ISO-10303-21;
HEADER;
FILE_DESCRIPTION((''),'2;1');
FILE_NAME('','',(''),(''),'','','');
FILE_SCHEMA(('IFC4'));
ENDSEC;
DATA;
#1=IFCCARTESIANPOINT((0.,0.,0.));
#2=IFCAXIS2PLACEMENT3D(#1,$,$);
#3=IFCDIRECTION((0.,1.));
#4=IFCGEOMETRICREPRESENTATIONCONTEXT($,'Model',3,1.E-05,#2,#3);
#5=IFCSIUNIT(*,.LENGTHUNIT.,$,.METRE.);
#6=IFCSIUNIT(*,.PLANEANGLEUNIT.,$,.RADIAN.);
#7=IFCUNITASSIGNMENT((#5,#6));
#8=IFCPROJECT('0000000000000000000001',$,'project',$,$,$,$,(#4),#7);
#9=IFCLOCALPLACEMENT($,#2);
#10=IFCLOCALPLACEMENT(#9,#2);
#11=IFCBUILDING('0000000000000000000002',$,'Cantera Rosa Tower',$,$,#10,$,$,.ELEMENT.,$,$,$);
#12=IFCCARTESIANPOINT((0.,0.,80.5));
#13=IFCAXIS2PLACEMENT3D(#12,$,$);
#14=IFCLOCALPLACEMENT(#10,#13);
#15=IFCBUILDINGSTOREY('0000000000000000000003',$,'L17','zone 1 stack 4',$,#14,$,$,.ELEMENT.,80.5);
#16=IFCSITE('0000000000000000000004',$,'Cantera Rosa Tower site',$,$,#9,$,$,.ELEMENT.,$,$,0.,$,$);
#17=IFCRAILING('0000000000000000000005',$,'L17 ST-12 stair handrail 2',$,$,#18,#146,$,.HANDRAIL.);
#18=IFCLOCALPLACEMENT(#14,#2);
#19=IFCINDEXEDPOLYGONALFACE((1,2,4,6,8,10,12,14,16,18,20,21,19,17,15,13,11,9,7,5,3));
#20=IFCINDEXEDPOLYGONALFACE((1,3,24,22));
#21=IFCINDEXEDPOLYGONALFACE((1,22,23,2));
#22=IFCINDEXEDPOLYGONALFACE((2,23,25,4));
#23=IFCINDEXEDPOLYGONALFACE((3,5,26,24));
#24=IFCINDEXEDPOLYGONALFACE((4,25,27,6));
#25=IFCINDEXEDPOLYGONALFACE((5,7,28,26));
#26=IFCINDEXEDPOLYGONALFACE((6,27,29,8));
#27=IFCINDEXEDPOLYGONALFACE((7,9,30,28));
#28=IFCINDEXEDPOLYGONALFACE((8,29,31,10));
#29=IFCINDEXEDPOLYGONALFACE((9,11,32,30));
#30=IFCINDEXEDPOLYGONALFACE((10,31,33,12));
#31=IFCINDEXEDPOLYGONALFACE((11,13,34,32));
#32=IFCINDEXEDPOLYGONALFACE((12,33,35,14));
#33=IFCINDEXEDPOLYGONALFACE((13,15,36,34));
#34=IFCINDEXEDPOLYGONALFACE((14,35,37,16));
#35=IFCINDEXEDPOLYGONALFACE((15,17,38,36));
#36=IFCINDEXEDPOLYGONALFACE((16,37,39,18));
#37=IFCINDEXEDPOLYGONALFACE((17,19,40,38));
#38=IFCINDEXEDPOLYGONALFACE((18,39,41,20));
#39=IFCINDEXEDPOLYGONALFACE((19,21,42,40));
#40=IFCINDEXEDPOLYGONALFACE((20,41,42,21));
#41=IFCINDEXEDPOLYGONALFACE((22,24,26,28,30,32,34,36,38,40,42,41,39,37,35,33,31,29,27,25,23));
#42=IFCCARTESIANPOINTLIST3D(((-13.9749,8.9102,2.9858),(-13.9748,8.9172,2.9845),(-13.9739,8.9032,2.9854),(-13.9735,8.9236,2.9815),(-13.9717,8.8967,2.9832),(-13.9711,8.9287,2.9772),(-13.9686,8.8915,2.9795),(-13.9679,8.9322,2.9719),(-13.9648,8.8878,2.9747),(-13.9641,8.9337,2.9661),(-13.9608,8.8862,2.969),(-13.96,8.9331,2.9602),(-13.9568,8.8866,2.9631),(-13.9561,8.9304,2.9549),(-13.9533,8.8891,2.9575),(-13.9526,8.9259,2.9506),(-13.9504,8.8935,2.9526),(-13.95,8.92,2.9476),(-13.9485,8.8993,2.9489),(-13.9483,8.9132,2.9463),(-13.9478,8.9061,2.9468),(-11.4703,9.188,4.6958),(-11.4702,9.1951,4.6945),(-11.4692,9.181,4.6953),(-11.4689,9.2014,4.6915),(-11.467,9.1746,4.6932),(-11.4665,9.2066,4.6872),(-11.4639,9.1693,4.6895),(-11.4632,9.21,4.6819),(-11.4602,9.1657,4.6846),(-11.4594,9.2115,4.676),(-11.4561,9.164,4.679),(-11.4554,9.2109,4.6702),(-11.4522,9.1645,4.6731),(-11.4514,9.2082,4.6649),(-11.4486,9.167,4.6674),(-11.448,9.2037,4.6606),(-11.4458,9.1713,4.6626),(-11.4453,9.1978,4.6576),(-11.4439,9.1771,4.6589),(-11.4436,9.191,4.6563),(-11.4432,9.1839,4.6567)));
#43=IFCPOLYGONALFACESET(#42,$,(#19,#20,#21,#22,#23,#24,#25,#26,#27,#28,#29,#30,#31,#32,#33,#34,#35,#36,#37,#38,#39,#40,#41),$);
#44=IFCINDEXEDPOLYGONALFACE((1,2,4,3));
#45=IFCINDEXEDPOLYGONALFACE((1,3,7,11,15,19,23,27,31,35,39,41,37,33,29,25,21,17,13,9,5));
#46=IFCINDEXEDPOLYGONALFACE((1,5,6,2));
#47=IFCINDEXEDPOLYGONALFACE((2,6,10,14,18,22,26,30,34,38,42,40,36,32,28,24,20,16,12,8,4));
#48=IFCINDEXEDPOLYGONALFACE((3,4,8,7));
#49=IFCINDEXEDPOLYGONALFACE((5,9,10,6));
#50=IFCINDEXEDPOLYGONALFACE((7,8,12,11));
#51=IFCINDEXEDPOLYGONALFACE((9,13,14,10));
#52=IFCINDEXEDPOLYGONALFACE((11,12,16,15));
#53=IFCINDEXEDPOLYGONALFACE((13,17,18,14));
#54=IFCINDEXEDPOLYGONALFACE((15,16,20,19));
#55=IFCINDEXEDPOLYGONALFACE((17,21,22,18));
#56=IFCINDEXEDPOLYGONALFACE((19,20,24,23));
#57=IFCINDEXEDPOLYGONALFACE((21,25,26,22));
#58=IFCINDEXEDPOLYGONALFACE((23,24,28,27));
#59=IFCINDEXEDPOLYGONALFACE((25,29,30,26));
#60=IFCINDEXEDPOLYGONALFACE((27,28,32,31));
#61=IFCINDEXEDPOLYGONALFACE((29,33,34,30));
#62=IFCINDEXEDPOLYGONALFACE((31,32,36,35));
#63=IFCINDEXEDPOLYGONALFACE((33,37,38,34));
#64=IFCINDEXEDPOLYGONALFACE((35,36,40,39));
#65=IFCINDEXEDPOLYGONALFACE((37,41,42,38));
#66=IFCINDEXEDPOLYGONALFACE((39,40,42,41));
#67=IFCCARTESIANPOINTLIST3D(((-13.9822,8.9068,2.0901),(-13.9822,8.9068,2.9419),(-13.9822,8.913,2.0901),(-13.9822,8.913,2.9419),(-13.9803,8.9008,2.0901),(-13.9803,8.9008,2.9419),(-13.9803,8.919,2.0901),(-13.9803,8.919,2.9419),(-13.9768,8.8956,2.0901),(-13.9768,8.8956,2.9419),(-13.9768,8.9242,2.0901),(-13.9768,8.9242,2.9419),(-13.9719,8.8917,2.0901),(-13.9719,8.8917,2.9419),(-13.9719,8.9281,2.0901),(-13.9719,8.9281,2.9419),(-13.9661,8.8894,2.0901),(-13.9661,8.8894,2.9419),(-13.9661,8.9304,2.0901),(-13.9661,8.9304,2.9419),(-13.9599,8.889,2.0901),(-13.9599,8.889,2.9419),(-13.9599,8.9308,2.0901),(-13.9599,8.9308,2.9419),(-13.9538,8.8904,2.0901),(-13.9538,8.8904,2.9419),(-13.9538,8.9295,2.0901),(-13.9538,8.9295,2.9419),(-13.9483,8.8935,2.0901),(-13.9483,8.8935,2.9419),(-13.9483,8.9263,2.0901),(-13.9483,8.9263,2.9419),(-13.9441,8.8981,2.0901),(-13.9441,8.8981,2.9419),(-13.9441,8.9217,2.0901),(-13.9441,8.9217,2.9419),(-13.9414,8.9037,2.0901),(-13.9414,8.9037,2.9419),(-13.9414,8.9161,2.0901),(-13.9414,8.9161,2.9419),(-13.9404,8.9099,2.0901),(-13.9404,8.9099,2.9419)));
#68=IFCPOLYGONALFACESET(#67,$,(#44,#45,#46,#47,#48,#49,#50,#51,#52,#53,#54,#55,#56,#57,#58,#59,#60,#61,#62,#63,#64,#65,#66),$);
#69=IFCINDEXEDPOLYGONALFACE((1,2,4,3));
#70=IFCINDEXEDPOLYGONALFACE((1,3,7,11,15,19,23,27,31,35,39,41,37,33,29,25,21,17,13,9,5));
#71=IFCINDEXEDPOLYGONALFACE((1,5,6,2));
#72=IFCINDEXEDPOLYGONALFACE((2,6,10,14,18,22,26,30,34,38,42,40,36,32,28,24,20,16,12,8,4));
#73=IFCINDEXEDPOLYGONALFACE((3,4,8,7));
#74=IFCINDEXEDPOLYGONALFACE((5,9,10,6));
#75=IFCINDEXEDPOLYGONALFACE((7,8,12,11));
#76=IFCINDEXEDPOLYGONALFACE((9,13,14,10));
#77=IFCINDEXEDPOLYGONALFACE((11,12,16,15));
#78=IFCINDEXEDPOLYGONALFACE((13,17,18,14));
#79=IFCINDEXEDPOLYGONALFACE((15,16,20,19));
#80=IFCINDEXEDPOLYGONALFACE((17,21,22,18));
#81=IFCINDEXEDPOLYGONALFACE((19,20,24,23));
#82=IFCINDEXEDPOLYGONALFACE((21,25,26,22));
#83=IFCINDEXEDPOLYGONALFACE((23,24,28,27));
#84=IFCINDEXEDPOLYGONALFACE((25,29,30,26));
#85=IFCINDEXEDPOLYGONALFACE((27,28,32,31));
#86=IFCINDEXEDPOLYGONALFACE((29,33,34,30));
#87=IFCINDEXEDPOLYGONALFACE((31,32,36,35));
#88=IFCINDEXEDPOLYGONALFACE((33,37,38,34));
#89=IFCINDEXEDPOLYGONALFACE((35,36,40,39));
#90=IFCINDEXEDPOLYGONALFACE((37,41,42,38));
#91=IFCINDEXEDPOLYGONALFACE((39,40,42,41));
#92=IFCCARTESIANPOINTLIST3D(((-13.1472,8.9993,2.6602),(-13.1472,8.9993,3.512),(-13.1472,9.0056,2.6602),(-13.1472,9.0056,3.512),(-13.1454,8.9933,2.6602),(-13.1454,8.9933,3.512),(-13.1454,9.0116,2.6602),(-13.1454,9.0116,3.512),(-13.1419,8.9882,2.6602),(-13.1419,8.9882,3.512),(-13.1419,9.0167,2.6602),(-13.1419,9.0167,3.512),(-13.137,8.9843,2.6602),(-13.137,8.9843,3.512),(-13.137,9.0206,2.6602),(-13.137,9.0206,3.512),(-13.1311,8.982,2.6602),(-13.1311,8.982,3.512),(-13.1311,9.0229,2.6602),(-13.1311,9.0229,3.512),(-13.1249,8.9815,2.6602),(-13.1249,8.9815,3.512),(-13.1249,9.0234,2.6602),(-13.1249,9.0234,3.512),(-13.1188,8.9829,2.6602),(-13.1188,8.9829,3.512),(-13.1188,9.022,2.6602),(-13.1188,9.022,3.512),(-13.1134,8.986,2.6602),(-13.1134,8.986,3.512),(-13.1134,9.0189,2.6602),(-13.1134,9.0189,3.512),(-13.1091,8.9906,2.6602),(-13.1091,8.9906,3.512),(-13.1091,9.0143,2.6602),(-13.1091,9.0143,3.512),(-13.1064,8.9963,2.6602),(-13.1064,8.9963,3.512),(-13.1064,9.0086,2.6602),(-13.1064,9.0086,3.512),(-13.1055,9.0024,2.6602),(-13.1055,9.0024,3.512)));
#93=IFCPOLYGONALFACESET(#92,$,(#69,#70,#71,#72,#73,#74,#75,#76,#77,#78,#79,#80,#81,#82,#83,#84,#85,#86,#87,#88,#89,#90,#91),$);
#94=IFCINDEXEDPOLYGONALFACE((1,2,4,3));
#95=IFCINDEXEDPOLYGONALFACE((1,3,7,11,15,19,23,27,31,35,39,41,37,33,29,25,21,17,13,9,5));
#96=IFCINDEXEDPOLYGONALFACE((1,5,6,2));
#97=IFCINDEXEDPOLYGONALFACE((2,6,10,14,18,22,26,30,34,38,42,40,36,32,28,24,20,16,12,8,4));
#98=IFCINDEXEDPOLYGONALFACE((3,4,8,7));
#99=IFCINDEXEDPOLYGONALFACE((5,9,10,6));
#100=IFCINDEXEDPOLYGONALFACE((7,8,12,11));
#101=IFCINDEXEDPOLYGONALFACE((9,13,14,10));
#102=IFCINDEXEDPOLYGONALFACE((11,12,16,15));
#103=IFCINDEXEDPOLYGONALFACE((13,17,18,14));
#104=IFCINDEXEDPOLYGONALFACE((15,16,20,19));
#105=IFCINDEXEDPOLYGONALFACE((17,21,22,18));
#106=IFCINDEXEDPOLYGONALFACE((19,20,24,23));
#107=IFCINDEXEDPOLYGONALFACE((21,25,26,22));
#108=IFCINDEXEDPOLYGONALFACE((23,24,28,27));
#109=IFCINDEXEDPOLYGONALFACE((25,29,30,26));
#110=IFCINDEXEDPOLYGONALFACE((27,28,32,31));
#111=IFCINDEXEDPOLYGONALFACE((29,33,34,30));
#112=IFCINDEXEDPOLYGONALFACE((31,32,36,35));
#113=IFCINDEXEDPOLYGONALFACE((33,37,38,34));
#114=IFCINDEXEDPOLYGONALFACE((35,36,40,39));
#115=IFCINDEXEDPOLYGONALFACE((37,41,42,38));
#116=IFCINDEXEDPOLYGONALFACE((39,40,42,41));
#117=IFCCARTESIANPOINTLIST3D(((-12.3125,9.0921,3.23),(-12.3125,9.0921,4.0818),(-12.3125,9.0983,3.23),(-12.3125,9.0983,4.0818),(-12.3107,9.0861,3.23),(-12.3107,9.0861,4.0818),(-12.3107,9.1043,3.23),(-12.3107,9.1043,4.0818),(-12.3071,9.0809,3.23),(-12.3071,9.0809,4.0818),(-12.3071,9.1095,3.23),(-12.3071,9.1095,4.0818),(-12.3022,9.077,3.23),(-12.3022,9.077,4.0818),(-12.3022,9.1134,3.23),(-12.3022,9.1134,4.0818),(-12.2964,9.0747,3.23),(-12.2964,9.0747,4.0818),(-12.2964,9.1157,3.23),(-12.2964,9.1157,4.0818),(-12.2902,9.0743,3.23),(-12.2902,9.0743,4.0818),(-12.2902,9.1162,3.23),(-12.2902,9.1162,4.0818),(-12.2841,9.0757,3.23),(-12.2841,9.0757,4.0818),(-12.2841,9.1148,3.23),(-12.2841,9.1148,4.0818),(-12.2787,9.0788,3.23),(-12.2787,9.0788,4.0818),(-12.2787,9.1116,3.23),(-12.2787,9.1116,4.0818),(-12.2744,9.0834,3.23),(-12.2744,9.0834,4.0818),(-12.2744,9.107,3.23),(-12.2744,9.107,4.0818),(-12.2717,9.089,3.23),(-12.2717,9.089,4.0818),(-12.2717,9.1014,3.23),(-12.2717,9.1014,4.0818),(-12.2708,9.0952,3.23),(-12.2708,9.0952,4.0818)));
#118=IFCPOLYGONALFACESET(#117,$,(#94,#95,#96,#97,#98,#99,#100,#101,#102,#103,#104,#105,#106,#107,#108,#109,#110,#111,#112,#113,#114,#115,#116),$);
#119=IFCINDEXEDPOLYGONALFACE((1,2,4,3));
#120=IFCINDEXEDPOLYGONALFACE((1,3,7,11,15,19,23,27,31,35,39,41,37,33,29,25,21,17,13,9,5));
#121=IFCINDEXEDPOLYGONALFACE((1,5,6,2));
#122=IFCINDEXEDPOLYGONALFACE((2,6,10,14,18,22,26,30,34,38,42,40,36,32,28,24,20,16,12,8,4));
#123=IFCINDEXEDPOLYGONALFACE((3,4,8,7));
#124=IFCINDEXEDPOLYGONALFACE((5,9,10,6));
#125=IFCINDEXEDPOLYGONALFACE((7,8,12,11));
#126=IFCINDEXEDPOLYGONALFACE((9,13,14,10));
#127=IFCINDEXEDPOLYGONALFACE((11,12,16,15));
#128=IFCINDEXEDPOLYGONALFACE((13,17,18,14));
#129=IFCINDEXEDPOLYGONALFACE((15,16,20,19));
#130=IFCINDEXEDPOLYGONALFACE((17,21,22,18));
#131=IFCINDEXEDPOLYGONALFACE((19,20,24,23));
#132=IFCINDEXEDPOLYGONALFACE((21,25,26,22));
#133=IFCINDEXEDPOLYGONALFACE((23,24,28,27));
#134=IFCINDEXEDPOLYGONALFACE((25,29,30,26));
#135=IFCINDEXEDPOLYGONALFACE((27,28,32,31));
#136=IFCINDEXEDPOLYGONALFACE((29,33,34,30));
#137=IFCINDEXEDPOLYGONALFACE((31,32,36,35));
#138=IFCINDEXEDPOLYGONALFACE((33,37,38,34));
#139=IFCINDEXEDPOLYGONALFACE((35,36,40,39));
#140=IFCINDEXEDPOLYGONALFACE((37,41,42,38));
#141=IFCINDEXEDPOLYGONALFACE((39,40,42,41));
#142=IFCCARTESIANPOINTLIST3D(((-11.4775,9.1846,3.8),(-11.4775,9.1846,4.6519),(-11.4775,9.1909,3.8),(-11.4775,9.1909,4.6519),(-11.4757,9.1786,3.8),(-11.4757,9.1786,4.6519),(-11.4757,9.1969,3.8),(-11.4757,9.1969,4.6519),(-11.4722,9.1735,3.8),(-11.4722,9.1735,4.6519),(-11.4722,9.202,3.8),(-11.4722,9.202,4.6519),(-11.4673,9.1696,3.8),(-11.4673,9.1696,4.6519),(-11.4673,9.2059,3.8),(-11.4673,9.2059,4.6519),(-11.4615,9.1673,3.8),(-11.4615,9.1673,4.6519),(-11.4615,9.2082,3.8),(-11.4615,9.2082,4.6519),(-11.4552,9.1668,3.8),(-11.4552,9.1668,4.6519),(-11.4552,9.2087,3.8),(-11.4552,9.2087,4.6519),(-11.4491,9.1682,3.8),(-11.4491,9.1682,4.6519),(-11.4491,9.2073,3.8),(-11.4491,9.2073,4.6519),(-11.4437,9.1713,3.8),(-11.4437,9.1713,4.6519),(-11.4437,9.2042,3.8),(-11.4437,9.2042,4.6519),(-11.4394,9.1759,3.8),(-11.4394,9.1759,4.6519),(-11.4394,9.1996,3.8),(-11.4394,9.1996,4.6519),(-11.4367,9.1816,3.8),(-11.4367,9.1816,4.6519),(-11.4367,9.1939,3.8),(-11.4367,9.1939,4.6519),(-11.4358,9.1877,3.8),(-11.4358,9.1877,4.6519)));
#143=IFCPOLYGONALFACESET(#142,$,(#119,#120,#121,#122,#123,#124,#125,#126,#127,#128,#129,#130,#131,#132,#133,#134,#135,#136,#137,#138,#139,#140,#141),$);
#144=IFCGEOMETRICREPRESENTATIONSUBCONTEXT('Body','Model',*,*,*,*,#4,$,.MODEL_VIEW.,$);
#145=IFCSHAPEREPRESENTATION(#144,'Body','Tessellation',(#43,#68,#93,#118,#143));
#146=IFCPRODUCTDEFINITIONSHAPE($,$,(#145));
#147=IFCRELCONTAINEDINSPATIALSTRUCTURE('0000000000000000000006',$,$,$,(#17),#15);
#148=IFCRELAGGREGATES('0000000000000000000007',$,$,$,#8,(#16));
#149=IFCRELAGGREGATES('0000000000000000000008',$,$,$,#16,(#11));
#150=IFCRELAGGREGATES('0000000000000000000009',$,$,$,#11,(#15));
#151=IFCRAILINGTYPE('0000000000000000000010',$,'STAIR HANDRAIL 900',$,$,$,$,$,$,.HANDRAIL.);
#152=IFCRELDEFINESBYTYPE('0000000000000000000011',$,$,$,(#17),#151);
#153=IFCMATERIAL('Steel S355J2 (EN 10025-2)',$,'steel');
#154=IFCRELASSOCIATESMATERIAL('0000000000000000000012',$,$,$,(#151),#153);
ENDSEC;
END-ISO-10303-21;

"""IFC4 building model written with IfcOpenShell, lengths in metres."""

from ifc_helpers import new_model, si_unit, direction, frame, origin, origin_2d, place, context, subcontext, project, spatial, circle, extrude, material, type_object, element, save


model = new_model("IFC4")

# Units and contexts
model_context = context("Model", 3, precision=1e-05, world=origin(), true_north=direction((0.0, 1.0)))
body_context = subcontext(model_context, "Body", "Model", "MODEL_VIEW")
ifc_project = project(units=[si_unit("LENGTHUNIT", "METRE"), si_unit("PLANEANGLEUNIT", "RADIAN")], contexts=[model_context])

# Site, building, storey
site_placement = place(None, origin())
site = spatial("IfcSite", under=ifc_project, at=site_placement, Name="Cantera Rosa Tower site", CompositionType="ELEMENT", RefElevation=0.0)
building_placement = place(site_placement, origin())
building = spatial("IfcBuilding", under=site, at=building_placement, Name="Cantera Rosa Tower", CompositionType="ELEMENT")
storey_placement = place(building_placement, frame((0.0, 0.0, 80.5)))
storey = spatial("IfcBuildingStorey", under=building, at=storey_placement, Name="L17", Description="zone 1 stack 4", CompositionType="ELEMENT", Elevation=80.5)

# Railing
ifc_material_1 = material(Name="Steel S355J2 (EN 10025-2)", Category="steel")
railing_type_1 = type_object("IfcRailingType", Name="STAIR HANDRAIL 900", PredefinedType="HANDRAIL", material=ifc_material_1)
railing_1_placement = place(storey_placement, frame((-13.9614, 8.9099, 2.0901)))
element("IfcRailing", 1, at=railing_1_placement, inside=storey, type_object=railing_type_1, Name="L17 ST-12 stair handrail 2", PredefinedType="HANDRAIL", context=body_context, shape_type="SweptSolid", body=[
    extrude(circle(Radius=0.0239, at=origin_2d()), frame((0.0, 0.0, 0.876), z_axis=(0.822437, 0.091231, 0.561492), x_axis=(-0.110251, 0.993904, 0.0)), (0.0, 0.0, 1.0), 3.0454),
    extrude(circle(Radius=0.021, at=origin_2d()), origin(), (0.0, 0.0, 1.0), 0.8518),
    extrude(circle(Radius=0.021, at=origin_2d()), frame((0.835, 0.0925, 0.5701)), (0.0, 0.0, 1.0), 0.8518),
    extrude(circle(Radius=0.021, at=origin_2d()), frame((1.6697, 0.1853, 1.1399)), (0.0, 0.0, 1.0), 0.8518),
    extrude(circle(Radius=0.021, at=origin_2d()), frame((2.5046, 0.2778, 1.71)), (0.0, 0.0, 1.0), 0.8518),
])

save(model, "model.ifc")
